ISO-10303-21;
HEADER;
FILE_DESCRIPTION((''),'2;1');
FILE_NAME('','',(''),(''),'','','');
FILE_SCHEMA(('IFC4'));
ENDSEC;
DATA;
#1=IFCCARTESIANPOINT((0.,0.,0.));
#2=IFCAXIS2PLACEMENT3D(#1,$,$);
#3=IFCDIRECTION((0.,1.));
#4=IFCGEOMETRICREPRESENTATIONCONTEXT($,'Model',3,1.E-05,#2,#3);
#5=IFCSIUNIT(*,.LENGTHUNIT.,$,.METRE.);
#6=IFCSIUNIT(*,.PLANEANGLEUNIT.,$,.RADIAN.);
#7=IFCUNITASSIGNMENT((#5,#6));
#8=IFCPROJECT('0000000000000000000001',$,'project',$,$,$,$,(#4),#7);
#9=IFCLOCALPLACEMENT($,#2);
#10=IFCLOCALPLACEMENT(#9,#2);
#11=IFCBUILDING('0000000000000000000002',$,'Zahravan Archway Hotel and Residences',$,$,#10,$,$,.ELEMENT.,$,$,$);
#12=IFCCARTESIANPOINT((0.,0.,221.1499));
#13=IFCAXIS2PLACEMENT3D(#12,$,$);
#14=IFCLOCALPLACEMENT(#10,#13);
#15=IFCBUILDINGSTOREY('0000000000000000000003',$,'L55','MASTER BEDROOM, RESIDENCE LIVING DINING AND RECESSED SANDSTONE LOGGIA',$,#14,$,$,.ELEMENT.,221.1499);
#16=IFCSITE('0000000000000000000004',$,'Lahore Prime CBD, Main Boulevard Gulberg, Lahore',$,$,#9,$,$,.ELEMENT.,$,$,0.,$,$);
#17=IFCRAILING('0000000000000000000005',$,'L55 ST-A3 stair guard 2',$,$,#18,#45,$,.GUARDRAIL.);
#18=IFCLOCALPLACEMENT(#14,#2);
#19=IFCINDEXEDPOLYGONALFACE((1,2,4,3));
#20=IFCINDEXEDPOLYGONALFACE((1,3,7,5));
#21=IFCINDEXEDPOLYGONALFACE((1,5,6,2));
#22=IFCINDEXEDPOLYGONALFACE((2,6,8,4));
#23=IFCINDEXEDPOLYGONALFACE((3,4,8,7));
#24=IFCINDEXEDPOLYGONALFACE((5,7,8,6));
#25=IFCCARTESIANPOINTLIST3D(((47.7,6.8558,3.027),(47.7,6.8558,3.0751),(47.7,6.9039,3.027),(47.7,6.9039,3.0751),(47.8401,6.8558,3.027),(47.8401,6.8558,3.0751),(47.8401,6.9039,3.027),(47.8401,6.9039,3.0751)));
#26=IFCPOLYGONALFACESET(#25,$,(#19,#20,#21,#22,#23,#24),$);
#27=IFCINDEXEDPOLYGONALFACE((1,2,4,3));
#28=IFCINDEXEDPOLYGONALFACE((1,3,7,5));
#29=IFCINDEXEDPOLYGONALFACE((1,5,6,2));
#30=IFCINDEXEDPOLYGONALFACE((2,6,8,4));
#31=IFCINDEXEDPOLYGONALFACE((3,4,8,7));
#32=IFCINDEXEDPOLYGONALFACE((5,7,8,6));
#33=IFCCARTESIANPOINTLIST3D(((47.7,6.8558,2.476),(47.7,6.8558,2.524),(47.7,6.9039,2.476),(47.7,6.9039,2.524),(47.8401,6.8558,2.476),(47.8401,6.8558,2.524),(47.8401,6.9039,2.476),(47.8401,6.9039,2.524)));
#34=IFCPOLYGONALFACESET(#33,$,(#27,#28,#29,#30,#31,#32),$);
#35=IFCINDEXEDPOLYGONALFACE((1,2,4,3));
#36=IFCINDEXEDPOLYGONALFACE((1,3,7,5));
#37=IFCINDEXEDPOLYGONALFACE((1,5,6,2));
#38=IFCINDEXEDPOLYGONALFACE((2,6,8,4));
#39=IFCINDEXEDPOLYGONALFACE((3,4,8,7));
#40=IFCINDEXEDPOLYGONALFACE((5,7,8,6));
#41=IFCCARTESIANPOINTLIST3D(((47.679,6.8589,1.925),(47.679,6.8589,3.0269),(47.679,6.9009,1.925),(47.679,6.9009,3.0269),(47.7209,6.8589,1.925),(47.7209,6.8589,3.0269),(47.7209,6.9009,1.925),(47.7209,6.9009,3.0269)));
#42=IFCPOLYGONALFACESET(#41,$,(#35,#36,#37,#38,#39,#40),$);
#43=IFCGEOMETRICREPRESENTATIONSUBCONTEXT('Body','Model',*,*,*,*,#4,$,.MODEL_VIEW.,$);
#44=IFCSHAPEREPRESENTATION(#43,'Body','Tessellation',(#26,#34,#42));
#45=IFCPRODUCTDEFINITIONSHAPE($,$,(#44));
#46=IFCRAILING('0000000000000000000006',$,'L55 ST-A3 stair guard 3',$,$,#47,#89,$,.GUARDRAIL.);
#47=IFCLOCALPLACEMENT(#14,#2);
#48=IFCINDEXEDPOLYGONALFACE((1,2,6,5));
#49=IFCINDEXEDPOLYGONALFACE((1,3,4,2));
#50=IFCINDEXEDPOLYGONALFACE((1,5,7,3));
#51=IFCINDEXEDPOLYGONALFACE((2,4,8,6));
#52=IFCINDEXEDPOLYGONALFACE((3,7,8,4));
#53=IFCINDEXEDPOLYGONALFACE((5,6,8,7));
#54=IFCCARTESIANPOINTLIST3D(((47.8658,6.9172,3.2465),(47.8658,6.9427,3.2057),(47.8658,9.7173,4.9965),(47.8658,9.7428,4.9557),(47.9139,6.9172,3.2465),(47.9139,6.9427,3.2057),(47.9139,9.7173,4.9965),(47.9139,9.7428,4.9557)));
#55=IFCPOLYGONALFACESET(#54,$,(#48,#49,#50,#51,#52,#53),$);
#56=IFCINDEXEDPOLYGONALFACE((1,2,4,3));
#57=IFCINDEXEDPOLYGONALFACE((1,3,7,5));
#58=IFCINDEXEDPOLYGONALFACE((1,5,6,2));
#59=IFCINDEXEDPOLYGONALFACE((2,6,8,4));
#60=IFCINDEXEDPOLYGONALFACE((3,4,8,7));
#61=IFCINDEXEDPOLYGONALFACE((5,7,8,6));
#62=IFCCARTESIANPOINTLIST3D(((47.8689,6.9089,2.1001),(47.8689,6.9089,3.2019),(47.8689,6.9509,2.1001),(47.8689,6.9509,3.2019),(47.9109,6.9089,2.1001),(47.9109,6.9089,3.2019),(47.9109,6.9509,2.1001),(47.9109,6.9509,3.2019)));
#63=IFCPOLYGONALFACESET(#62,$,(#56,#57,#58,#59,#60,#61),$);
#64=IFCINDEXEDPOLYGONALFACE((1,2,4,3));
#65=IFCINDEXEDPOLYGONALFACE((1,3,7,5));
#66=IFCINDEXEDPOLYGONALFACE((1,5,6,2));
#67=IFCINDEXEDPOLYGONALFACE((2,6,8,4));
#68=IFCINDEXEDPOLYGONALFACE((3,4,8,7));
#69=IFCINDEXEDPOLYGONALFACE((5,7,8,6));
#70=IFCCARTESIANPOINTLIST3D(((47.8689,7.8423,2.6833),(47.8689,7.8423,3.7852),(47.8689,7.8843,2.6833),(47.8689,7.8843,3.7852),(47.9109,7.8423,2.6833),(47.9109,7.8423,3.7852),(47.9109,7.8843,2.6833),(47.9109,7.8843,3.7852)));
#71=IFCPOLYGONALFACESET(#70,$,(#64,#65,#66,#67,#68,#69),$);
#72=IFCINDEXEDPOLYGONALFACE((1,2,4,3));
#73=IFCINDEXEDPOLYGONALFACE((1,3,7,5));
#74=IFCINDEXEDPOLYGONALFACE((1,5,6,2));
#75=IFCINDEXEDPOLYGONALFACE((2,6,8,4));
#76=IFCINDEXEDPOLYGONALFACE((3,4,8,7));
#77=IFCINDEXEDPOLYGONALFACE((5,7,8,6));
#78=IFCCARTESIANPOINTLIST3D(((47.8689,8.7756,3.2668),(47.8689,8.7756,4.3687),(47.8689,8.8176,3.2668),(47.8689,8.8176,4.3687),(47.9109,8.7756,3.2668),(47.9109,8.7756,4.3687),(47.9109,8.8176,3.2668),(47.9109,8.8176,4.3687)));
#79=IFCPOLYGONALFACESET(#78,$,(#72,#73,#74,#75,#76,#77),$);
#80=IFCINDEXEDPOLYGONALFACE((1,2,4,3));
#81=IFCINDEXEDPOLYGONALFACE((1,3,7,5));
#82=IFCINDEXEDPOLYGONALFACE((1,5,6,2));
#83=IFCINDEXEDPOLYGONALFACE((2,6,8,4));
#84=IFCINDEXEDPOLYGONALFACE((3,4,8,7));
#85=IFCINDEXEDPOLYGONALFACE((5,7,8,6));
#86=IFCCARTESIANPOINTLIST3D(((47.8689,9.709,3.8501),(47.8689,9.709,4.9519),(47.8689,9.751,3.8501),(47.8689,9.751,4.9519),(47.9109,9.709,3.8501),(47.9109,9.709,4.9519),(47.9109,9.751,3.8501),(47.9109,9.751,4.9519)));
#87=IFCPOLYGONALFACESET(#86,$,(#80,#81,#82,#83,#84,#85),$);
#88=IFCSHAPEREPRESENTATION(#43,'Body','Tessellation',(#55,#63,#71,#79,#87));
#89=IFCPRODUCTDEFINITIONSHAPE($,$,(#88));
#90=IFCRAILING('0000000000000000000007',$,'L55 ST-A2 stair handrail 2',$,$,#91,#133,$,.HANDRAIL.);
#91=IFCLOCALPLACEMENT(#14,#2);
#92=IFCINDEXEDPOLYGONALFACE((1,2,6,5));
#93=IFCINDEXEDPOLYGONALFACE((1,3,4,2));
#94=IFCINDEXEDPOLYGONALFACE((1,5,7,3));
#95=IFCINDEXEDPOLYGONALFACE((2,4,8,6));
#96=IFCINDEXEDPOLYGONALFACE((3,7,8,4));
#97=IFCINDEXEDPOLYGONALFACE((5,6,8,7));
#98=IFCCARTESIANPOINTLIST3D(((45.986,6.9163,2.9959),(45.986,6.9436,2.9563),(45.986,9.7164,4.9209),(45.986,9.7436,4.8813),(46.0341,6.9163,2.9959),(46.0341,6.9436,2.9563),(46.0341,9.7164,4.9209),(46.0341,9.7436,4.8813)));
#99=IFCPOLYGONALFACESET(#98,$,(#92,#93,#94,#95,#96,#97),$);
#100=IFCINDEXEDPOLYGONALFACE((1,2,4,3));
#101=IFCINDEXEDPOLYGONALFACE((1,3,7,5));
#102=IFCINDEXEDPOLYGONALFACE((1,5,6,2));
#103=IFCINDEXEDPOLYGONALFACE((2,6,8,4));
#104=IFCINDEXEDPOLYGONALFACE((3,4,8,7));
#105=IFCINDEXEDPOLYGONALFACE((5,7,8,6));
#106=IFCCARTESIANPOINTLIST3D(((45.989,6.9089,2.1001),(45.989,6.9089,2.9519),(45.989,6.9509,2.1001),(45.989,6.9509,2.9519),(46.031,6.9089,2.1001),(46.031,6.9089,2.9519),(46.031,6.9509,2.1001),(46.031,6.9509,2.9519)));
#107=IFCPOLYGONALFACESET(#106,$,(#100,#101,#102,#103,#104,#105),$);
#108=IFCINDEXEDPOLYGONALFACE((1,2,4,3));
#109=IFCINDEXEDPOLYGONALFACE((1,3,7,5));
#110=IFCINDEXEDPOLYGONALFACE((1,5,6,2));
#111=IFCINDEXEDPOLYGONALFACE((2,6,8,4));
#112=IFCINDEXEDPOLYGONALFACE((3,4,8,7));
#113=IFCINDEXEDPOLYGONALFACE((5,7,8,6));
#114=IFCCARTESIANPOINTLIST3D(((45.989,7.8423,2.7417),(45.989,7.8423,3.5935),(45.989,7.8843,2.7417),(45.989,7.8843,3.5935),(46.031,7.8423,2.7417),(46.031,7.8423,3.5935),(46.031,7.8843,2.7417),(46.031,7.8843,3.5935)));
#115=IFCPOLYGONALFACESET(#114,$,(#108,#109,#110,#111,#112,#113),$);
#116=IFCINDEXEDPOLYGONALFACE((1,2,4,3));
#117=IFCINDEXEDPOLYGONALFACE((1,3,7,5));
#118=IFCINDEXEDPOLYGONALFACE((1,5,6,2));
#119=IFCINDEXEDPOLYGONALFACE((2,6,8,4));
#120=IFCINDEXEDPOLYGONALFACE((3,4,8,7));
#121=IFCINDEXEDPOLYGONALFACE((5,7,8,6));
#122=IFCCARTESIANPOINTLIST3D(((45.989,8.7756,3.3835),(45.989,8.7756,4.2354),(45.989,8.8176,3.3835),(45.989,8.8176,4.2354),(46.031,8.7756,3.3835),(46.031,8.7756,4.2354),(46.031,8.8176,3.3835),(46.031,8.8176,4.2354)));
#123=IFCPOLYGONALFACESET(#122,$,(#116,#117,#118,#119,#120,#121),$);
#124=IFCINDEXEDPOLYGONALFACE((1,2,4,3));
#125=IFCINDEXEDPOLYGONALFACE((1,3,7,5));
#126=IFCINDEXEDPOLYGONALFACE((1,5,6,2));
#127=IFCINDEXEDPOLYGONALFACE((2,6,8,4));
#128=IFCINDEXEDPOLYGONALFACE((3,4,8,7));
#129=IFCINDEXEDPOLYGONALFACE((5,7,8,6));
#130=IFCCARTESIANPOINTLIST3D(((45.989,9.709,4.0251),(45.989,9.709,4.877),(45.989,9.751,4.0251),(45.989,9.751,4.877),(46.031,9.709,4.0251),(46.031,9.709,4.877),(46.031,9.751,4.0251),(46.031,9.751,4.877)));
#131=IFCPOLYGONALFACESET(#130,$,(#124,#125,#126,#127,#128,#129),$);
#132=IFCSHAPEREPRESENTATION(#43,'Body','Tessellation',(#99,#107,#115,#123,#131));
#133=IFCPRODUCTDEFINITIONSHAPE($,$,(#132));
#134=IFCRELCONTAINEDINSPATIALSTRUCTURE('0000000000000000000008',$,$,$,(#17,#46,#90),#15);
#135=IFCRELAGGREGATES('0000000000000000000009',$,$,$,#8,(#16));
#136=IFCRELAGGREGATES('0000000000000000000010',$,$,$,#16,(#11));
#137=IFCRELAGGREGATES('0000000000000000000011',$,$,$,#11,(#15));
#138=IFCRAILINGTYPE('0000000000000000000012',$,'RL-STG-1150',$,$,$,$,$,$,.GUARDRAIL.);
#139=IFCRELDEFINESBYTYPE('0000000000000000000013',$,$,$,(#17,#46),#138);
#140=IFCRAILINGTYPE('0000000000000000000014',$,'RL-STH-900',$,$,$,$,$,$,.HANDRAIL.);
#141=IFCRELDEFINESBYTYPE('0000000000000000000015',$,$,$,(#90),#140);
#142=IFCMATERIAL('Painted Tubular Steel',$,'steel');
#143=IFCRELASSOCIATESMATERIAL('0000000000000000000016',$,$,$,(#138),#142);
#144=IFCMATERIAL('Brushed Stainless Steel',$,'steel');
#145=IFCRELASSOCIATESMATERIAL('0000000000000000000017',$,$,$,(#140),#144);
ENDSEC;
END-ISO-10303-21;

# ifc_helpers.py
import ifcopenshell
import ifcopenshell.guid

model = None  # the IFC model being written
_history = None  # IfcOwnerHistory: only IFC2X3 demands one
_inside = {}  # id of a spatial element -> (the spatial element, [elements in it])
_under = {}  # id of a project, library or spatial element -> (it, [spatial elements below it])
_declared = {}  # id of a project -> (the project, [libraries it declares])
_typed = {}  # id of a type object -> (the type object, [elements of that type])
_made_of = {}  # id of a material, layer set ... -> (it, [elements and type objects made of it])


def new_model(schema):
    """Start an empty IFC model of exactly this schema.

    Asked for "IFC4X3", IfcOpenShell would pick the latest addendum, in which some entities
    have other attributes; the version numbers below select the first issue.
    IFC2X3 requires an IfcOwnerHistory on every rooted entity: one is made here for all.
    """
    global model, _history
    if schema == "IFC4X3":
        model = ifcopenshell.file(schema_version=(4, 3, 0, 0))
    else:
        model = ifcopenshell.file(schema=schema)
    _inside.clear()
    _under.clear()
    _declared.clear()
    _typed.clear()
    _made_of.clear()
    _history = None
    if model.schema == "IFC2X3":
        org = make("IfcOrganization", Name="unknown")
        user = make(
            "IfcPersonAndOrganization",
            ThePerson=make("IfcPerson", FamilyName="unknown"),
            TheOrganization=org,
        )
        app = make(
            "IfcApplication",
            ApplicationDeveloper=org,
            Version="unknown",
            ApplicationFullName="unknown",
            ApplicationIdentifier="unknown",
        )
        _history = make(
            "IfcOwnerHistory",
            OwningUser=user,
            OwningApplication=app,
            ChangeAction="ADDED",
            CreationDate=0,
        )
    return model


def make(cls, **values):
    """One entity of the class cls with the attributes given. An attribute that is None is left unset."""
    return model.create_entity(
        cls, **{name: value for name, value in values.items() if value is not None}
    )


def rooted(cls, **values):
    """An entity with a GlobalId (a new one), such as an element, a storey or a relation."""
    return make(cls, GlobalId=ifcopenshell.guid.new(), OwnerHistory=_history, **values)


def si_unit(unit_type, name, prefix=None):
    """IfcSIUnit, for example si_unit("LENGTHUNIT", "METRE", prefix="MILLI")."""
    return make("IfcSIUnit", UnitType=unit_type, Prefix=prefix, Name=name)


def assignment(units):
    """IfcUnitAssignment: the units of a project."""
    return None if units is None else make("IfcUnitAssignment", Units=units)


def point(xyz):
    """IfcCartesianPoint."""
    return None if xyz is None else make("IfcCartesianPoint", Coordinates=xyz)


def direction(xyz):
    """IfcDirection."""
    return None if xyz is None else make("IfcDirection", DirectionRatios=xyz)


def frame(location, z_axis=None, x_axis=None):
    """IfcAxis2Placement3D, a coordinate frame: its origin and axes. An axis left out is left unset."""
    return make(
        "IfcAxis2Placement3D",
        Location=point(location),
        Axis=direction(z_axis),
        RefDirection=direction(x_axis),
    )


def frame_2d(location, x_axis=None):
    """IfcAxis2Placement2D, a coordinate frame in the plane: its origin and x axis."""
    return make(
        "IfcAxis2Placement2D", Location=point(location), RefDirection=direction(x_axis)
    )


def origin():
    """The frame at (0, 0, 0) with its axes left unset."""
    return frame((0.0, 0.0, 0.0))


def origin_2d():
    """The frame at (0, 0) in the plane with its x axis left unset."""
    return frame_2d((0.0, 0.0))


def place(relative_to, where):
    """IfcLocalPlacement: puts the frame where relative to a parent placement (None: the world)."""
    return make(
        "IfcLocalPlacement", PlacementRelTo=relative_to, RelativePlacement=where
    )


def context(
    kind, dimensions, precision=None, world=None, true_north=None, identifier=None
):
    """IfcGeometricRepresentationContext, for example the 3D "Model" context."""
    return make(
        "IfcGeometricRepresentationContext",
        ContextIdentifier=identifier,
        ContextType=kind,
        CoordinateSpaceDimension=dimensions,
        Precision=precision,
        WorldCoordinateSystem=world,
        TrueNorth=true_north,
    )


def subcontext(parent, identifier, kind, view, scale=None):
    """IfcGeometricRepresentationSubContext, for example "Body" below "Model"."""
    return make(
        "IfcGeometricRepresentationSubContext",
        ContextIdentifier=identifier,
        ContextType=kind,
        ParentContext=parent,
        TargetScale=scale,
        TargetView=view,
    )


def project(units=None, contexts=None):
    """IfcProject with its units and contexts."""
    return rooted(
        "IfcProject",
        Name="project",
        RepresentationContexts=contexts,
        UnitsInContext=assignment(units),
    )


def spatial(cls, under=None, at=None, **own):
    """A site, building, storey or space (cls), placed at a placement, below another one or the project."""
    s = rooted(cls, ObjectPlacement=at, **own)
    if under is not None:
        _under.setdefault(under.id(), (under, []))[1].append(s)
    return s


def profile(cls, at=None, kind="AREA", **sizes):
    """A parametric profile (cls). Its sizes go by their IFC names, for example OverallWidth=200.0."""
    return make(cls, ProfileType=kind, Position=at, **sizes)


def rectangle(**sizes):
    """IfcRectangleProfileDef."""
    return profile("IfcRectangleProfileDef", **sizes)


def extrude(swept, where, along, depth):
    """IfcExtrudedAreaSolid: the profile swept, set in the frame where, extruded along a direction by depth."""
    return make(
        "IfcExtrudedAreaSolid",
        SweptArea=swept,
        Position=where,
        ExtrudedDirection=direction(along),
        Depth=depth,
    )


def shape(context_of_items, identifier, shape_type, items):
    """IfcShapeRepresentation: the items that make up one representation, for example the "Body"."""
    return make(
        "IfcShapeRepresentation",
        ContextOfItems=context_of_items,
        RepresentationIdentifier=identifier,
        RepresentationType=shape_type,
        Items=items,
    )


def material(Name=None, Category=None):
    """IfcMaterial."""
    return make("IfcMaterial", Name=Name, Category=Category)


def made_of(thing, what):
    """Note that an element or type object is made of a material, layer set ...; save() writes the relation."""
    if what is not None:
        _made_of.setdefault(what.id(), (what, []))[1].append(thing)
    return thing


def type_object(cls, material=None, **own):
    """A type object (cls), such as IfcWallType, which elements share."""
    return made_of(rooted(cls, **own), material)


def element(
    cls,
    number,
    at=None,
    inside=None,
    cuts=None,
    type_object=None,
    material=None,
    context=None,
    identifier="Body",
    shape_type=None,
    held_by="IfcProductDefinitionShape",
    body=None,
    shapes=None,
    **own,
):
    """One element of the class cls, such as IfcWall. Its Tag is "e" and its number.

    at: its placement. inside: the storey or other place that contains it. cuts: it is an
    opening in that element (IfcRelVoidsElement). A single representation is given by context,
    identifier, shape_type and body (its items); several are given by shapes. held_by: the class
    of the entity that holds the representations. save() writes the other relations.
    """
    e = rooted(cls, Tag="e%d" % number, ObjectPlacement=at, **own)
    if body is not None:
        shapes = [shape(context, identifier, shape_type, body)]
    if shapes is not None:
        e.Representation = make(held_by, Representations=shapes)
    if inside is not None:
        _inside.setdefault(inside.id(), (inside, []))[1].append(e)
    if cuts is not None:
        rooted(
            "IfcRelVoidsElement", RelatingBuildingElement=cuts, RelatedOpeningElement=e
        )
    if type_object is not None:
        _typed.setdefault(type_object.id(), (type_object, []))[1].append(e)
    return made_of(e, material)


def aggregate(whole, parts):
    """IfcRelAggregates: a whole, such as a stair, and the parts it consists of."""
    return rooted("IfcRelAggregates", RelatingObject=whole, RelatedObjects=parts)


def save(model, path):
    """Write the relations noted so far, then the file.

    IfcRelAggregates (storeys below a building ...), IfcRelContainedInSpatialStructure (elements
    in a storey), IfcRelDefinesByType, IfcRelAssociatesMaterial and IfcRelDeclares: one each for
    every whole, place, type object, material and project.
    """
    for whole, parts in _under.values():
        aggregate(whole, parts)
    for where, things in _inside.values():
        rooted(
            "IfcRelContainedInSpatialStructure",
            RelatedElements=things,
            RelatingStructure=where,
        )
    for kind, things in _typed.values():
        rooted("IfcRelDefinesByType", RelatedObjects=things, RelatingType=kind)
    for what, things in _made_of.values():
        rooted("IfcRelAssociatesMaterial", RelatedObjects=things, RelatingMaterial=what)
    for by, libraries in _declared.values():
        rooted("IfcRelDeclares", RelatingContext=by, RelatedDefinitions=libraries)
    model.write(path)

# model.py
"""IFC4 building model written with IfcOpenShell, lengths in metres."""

from ifc_helpers import new_model, si_unit, direction, frame, origin, origin_2d, place, context, subcontext, project, spatial, rectangle, extrude, material, type_object, element, save


model = new_model("IFC4")

# Units and contexts
model_context = context("Model", 3, precision=1e-05, world=origin(), true_north=direction((0.0, 1.0)))
body_context = subcontext(model_context, "Body", "Model", "MODEL_VIEW")
ifc_project = project(units=[si_unit("LENGTHUNIT", "METRE"), si_unit("PLANEANGLEUNIT", "RADIAN")], contexts=[model_context])

# Site, building, storey
site_placement = place(None, origin())
site = spatial("IfcSite", under=ifc_project, at=site_placement, Name="Lahore Prime CBD, Main Boulevard Gulberg, Lahore", CompositionType="ELEMENT", RefElevation=0.0)
building_placement = place(site_placement, origin())
building = spatial("IfcBuilding", under=site, at=building_placement, Name="Zahravan Archway Hotel and Residences", CompositionType="ELEMENT")
storey_placement = place(building_placement, frame((0.0, 0.0, 221.1499)))
storey = spatial("IfcBuildingStorey", under=building, at=storey_placement, Name="L55", Description="MASTER BEDROOM, RESIDENCE LIVING DINING AND RECESSED SANDSTONE LOGGIA", CompositionType="ELEMENT", Elevation=221.1499)

# Railings
ifc_material_1 = material(Name="Painted Tubular Steel", Category="steel")
railing_type_1 = type_object("IfcRailingType", Name="RL-STG-1150", PredefinedType="GUARDRAIL", material=ifc_material_1)
railing_1_placement = place(storey_placement, frame((47.7, 6.8799, 1.925)))
element("IfcRailing", 1, at=railing_1_placement, inside=storey, type_object=railing_type_1, Name="L55 ST-A3 stair guard 2", PredefinedType="GUARDRAIL", context=body_context, shape_type="SweptSolid", body=[
    extrude(rectangle(XDim=0.0481, YDim=0.0481, at=origin_2d()), frame((0.0, 0.0, 1.126), z_axis=(1.0, 0.0, 0.0), x_axis=(0.0, 1.0, 0.0)), (0.0, 0.0, 1.0), 0.1401),
    extrude(rectangle(XDim=0.0481, YDim=0.0481, at=origin_2d()), frame((0.0, 0.0, 0.575), z_axis=(1.0, 0.0, 0.0), x_axis=(0.0, 1.0, 0.0)), (0.0, 0.0, 1.0), 0.1401),
    extrude(rectangle(XDim=0.042, YDim=0.042, at=origin_2d()), origin(), (0.0, 0.0, 1.0), 1.1018),
])
railing_2_placement = place(storey_placement, frame((47.8899, 6.9299, 2.1001)))
element("IfcRailing", 2, at=railing_2_placement, inside=storey, type_object=railing_type_1, Name="L55 ST-A3 stair guard 3", PredefinedType="GUARDRAIL", context=body_context, shape_type="SweptSolid", body=[
    extrude(rectangle(XDim=0.0481, YDim=0.0481, at=origin_2d()), frame((0.0, 0.0, 1.126), z_axis=(0.0, 0.848002, 0.529992), x_axis=(-1.0, 0.0, 0.0)), (0.0, 0.0, 1.0), 3.302),
    extrude(rectangle(XDim=0.042, YDim=0.042, at=origin_2d()), origin(), (0.0, 0.0, 1.0), 1.1018),
    extrude(rectangle(XDim=0.042, YDim=0.042, at=origin_2d()), frame((0.0, 0.9333, 0.5833)), (0.0, 0.0, 1.0), 1.1018),
    extrude(rectangle(XDim=0.042, YDim=0.042, at=origin_2d()), frame((0.0, 1.8667, 1.1667)), (0.0, 0.0, 1.0), 1.1018),
    extrude(rectangle(XDim=0.042, YDim=0.042, at=origin_2d()), frame((0.0, 2.8, 1.75)), (0.0, 0.0, 1.0), 1.1018),
])
ifc_material_2 = material(Name="Brushed Stainless Steel", Category="steel")
railing_type_2 = type_object("IfcRailingType", Name="RL-STH-900", PredefinedType="HANDRAIL", material=ifc_material_2)
railing_3_placement = place(storey_placement, frame((46.01, 6.9299, 2.1001)))
element("IfcRailing", 3, at=railing_3_placement, inside=storey, type_object=railing_type_2, Name="L55 ST-A2 stair handrail 2", PredefinedType="HANDRAIL", context=body_context, shape_type="SweptSolid", body=[
    extrude(rectangle(XDim=0.0481, YDim=0.0481, at=origin_2d()), frame((0.0, 0.0, 0.876), z_axis=(0.0, 0.82404, 0.566532), x_axis=(-1.0, 0.0, 0.0)), (0.0, 0.0, 1.0), 3.3979),
    extrude(rectangle(XDim=0.042, YDim=0.042, at=origin_2d()), origin(), (0.0, 0.0, 1.0), 0.8518),
    extrude(rectangle(XDim=0.042, YDim=0.042, at=origin_2d()), frame((0.0, 0.9333, 0.6416)), (0.0, 0.0, 1.0), 0.8518),
    extrude(rectangle(XDim=0.042, YDim=0.042, at=origin_2d()), frame((0.0, 1.8667, 1.2834)), (0.0, 0.0, 1.0), 0.8518),
    extrude(rectangle(XDim=0.042, YDim=0.042, at=origin_2d()), frame((0.0, 2.8, 1.925)), (0.0, 0.0, 1.0), 0.8518),
])

save(model, "model.ifc")
